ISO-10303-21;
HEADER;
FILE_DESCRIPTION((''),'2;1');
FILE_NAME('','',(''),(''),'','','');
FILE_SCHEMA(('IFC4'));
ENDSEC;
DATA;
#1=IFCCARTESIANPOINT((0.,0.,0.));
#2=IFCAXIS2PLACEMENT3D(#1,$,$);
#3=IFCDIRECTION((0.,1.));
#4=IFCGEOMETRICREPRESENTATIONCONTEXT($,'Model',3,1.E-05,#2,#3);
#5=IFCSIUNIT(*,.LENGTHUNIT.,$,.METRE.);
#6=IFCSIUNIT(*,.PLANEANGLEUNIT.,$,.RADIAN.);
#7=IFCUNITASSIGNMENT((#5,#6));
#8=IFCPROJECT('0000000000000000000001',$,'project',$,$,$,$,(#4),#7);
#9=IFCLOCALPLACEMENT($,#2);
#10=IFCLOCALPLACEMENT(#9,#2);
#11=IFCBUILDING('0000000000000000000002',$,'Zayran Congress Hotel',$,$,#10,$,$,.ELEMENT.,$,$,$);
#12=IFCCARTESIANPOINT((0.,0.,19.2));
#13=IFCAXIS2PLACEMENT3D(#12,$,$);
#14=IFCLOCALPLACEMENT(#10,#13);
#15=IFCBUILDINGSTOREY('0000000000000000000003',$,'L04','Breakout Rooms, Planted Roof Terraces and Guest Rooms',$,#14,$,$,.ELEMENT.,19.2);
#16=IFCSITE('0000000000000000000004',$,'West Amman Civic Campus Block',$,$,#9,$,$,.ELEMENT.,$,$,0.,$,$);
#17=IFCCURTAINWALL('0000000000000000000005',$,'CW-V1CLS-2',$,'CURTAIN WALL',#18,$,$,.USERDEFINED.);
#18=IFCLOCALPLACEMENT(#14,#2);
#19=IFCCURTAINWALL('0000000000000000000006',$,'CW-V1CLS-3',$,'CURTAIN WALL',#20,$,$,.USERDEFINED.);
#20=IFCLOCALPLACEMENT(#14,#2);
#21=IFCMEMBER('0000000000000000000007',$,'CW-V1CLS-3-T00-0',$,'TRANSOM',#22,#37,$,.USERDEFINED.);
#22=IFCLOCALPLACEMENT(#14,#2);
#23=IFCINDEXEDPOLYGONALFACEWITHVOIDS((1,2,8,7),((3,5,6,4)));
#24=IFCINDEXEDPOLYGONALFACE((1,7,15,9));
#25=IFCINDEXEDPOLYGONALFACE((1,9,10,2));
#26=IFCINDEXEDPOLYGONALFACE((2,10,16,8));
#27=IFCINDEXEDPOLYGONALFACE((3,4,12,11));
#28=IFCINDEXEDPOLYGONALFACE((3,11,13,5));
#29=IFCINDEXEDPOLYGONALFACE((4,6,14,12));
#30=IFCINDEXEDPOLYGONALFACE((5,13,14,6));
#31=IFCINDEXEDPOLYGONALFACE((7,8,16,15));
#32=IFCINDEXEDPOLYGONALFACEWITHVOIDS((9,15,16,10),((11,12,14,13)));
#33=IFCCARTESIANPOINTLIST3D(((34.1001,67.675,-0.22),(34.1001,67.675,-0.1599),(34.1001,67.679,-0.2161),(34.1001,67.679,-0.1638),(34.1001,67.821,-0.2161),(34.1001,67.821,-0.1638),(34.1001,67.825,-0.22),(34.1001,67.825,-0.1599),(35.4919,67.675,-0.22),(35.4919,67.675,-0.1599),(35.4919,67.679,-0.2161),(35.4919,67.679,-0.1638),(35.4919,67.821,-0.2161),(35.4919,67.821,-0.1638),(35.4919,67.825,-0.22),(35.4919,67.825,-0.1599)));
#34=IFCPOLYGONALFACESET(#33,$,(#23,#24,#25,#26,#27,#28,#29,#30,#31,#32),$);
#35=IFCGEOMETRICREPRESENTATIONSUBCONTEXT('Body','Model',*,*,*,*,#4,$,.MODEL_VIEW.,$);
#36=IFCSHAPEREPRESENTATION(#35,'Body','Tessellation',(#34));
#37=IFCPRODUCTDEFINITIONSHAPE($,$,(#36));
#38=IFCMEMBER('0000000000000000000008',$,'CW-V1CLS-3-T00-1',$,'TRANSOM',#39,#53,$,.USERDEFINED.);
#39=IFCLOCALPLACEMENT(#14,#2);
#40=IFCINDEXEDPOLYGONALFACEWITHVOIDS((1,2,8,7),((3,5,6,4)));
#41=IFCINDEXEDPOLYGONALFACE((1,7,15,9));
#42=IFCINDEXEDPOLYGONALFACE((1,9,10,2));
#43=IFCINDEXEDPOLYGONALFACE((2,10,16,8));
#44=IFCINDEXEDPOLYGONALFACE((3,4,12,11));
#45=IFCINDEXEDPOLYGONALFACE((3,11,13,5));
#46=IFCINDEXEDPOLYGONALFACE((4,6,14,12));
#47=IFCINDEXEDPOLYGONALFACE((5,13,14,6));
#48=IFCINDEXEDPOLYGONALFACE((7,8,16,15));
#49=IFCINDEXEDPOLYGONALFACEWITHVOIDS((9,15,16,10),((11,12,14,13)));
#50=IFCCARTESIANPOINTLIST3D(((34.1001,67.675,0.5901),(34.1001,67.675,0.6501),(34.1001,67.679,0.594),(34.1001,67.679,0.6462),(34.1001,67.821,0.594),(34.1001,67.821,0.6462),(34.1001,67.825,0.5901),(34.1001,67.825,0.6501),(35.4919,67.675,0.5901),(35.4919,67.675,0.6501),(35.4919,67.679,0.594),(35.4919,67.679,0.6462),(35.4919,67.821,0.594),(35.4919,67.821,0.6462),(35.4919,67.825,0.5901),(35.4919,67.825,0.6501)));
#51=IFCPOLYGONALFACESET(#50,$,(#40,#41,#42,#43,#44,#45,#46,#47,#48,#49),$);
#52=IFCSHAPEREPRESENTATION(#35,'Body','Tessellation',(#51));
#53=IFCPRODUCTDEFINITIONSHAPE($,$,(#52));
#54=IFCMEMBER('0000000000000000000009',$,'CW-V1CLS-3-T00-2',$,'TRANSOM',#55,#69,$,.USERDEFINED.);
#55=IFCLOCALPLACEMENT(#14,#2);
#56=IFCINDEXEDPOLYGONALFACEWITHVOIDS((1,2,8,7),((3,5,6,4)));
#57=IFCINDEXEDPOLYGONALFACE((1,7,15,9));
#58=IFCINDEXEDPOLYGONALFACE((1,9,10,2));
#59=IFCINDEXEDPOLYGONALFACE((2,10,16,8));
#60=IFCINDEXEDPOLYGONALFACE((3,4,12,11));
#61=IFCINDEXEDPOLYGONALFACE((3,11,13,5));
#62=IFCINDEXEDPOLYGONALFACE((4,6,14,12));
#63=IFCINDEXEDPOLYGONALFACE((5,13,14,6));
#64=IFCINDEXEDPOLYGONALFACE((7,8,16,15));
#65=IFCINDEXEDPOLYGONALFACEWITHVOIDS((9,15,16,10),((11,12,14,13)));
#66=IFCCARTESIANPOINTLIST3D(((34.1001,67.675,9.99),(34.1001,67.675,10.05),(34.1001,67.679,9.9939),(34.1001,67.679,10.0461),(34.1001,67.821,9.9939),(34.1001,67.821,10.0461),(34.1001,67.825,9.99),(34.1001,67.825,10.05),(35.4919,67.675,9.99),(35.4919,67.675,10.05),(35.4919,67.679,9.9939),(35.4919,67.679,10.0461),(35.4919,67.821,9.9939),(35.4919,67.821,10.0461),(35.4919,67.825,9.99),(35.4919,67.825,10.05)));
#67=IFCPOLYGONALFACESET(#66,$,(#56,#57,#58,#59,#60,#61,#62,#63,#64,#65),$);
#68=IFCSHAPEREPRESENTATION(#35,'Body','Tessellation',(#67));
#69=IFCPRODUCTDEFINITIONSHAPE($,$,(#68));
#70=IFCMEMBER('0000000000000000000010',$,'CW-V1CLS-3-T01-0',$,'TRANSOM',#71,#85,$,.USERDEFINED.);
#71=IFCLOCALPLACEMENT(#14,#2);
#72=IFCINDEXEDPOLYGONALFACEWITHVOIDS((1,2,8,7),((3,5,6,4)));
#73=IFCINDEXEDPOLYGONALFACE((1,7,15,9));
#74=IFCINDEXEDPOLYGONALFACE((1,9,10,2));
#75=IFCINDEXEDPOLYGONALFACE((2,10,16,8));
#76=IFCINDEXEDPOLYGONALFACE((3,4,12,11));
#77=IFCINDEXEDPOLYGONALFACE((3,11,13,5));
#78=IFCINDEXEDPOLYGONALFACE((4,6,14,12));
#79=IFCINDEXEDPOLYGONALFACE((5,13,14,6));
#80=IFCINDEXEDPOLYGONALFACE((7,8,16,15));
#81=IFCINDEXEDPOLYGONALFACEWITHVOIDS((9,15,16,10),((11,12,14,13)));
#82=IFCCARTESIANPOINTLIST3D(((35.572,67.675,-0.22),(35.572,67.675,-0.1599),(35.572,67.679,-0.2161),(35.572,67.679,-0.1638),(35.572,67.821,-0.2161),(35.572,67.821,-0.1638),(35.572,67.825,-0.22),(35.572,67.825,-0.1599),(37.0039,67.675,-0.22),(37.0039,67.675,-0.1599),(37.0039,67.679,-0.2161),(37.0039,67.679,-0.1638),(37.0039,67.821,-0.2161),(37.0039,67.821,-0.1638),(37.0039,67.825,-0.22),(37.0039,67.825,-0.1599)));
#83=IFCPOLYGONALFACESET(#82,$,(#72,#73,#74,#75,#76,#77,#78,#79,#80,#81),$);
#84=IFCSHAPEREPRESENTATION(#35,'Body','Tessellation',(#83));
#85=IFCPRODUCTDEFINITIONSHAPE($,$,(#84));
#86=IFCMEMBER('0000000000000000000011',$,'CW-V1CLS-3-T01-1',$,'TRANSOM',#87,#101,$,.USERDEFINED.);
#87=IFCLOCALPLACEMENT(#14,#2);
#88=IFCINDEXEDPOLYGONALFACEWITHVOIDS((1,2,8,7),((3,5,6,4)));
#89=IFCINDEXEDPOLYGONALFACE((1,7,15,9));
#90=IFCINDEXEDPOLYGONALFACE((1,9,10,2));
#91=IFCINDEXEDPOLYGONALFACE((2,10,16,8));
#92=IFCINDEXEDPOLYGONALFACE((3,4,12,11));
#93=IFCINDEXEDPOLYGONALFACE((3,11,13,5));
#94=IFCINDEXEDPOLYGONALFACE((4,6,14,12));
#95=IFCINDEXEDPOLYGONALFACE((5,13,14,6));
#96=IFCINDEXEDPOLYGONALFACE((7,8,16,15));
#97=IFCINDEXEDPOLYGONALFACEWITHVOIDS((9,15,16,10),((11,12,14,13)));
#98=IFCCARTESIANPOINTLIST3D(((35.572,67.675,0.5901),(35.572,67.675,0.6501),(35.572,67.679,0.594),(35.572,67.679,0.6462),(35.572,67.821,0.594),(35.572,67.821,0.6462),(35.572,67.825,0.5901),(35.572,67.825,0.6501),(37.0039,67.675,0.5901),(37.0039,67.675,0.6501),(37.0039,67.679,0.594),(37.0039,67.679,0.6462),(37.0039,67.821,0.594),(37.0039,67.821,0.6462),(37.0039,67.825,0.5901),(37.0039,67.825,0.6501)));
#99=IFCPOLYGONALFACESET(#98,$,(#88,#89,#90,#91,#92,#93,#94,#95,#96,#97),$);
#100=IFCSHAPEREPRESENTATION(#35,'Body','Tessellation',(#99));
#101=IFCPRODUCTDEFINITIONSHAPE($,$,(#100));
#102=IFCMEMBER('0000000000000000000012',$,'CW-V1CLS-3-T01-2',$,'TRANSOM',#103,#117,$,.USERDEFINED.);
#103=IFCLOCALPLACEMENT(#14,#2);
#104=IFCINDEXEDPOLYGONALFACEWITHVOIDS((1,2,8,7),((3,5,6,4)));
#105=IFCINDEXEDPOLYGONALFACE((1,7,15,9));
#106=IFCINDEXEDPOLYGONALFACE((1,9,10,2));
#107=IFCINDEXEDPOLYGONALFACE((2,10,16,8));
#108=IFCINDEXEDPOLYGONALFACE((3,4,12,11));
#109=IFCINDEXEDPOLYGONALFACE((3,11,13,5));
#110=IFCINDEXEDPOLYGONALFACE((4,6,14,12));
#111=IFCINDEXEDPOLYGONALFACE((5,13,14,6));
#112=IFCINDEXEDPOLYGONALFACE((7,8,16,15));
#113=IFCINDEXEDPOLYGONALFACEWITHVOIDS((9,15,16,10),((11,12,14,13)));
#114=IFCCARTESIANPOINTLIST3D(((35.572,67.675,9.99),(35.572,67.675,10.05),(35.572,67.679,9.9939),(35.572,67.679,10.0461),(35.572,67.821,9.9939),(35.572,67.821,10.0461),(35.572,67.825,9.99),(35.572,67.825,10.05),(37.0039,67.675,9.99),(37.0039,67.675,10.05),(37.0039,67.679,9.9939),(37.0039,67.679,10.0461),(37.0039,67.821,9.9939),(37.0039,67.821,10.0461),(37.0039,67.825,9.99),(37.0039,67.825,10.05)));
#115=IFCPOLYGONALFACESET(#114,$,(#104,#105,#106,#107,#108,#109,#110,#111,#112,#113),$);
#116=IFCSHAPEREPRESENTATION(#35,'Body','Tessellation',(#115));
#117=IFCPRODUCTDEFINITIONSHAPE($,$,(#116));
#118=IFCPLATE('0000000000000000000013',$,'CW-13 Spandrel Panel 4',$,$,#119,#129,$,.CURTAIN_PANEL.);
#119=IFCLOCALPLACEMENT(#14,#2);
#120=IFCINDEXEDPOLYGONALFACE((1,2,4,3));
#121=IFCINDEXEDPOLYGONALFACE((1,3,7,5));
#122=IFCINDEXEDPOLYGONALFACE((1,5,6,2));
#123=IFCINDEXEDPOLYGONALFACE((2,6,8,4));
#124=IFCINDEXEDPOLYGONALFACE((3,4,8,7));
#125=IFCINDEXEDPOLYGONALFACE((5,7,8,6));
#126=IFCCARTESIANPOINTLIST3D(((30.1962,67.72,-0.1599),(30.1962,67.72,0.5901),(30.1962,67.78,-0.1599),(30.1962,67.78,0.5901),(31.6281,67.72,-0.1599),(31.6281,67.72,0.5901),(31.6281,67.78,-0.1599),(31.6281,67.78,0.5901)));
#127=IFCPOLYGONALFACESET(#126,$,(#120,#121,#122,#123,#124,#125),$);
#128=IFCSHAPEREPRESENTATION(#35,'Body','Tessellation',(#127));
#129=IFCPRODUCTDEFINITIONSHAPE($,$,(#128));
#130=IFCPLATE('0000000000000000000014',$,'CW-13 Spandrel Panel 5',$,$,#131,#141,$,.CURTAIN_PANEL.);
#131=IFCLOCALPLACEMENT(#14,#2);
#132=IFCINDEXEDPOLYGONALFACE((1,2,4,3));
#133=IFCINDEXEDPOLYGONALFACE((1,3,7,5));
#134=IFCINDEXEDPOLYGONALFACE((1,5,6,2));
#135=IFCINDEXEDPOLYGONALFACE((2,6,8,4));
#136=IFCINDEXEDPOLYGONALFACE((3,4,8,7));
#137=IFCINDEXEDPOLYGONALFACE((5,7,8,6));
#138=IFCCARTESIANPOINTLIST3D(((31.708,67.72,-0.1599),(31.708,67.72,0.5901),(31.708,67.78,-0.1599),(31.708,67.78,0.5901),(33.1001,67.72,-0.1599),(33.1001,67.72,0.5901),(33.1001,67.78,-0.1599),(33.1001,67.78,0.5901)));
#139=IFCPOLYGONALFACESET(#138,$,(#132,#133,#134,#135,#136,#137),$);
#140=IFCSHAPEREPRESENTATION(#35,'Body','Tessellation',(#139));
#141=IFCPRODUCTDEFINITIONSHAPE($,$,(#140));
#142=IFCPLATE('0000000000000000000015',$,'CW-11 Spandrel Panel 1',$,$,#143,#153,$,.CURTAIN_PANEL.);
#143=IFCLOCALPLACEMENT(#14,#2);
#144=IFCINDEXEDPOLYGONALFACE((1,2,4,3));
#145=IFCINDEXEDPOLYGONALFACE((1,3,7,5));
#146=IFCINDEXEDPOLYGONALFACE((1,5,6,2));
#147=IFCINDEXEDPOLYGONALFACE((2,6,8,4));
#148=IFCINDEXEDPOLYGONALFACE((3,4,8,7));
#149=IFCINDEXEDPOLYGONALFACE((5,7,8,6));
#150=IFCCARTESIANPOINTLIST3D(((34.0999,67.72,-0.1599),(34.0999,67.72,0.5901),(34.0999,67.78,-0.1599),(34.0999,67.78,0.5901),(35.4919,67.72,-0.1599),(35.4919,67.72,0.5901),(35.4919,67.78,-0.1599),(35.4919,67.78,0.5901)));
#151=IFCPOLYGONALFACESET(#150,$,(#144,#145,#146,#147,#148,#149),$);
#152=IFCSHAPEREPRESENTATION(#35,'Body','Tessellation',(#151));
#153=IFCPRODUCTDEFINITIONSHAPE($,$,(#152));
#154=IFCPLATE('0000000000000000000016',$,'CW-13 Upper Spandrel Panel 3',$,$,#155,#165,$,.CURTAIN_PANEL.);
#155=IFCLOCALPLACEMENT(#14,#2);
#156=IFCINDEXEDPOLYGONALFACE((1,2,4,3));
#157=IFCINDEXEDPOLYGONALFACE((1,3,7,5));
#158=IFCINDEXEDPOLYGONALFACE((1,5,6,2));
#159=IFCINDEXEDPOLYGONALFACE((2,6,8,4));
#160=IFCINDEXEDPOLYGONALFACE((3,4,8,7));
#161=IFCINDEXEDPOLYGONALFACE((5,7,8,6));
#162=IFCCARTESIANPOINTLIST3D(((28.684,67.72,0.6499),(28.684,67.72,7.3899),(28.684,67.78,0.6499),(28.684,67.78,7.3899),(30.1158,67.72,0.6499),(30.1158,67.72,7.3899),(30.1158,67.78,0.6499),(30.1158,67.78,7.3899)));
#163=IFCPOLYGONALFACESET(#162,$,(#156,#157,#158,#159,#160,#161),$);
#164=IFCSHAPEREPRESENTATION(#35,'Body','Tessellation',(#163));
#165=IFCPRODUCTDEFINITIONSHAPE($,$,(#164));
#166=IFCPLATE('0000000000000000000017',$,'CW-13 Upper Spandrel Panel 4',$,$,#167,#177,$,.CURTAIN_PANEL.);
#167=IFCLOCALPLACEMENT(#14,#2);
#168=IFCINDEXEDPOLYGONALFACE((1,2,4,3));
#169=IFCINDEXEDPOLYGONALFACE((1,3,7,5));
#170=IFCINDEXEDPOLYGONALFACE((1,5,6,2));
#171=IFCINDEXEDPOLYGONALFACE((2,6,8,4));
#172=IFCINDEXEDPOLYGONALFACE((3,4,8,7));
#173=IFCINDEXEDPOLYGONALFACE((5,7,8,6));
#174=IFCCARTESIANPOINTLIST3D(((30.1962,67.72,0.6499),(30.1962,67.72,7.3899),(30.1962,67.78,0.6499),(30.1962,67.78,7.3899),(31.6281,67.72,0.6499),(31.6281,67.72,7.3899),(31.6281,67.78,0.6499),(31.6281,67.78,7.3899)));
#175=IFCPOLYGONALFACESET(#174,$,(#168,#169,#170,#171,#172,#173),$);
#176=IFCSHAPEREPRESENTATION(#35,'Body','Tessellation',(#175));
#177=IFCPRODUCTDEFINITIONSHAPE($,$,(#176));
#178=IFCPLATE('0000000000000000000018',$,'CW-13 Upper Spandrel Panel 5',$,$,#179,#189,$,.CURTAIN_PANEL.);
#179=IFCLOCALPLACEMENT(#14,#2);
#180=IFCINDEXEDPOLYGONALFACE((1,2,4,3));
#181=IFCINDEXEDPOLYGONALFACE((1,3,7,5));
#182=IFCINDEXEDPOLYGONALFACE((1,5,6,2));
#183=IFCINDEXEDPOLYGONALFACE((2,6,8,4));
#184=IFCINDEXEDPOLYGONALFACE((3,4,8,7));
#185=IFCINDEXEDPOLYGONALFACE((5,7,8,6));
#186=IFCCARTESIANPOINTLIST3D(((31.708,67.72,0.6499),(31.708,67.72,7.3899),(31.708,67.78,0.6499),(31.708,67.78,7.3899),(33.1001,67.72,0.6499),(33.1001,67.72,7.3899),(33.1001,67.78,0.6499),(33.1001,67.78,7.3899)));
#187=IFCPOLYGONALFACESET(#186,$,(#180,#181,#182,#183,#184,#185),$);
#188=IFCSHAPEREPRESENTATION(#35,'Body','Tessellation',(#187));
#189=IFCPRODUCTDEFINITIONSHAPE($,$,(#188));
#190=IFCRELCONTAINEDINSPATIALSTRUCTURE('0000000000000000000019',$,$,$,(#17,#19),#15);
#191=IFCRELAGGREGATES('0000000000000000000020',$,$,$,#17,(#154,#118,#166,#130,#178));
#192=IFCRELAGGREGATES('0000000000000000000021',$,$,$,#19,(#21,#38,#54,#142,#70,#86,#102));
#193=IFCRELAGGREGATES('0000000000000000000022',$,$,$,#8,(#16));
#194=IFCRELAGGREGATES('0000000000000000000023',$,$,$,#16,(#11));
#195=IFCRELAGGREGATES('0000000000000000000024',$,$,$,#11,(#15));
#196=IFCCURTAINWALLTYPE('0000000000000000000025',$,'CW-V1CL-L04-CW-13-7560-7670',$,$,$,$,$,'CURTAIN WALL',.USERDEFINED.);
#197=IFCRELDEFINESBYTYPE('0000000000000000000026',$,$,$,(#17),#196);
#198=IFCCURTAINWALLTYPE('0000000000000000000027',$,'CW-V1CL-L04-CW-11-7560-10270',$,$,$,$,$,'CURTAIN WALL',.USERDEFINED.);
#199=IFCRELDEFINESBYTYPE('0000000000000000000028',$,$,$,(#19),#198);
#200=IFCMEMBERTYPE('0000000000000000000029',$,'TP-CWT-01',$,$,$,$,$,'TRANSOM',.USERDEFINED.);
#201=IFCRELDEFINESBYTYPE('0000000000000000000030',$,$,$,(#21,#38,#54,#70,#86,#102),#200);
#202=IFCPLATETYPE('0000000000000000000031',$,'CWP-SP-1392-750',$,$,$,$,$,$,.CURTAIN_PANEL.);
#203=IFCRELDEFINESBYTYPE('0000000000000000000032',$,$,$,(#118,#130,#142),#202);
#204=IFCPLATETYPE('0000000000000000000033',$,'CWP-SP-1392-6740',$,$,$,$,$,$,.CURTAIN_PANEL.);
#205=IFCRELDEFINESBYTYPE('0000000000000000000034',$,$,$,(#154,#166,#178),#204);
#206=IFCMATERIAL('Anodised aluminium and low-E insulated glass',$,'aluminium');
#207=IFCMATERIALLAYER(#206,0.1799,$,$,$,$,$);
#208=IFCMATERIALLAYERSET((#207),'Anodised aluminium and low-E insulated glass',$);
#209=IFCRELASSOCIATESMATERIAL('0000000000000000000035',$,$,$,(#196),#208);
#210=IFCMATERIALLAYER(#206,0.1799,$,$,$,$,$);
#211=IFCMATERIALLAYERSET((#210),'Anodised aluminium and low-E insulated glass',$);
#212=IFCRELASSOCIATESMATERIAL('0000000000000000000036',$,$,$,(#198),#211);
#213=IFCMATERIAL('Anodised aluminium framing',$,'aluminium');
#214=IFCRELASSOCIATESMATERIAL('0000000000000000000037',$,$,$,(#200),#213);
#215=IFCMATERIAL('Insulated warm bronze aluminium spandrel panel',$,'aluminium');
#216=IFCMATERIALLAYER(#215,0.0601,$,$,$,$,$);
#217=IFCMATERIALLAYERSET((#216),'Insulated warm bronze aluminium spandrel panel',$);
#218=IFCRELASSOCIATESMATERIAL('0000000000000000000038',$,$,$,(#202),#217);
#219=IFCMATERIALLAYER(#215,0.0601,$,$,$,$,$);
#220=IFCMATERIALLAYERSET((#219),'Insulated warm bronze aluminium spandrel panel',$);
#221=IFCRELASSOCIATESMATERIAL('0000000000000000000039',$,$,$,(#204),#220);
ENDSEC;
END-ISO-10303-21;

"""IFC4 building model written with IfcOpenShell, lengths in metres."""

from ifc_helpers import new_model, si_unit, direction, frame, origin, origin_2d, place, context, subcontext, project, spatial, rectangle, hollow_rectangle, extrude, material, layer, layer_set, material_profile, profile_set, type_object, element, aggregate, save


model = new_model("IFC4")

# Units and contexts
model_context = context("Model", 3, precision=1e-05, world=origin(), true_north=direction((0.0, 1.0)))
body_context = subcontext(model_context, "Body", "Model", "MODEL_VIEW")
ifc_project = project(units=[si_unit("LENGTHUNIT", "METRE"), si_unit("PLANEANGLEUNIT", "RADIAN")], contexts=[model_context])

# Site, building, storey
site_placement = place(None, origin())
site = spatial("IfcSite", under=ifc_project, at=site_placement, Name="West Amman Civic Campus Block", CompositionType="ELEMENT", RefElevation=0.0)
building_placement = place(site_placement, origin())
building = spatial("IfcBuilding", under=site, at=building_placement, Name="Zayran Congress Hotel", CompositionType="ELEMENT")
storey_placement = place(building_placement, frame((0.0, 0.0, 19.2)))
storey = spatial("IfcBuildingStorey", under=building, at=storey_placement, Name="L04", Description="Breakout Rooms, Planted Roof Terraces and Guest Rooms", CompositionType="ELEMENT", Elevation=19.2)

# Curtain walls
ifc_material_1 = material(Name="Anodised aluminium and low-E insulated glass", Category="aluminium")
ifc_layer_1 = layer(ifc_material_1, 0.1799)
ifc_layer_set_1 = layer_set([ifc_layer_1], Name="Anodised aluminium and low-E insulated glass")
curtain_wall_type_1 = type_object("IfcCurtainWallType", Name="CW-V1CL-L04-CW-13-7560-7670", ElementType="CURTAIN WALL", PredefinedType="USERDEFINED", material=ifc_layer_set_1)
curtain_wall_1_placement = place(storey_placement, origin())
curtain_wall_1 = element("IfcCurtainWall", 1, at=curtain_wall_1_placement, inside=storey, type_object=curtain_wall_type_1, Name="CW-V1CLS-2", ObjectType="CURTAIN WALL", PredefinedType="USERDEFINED")
ifc_material_2 = material(Name="Anodised aluminium framing", Category="aluminium")
ifc_layer_2 = layer(ifc_material_1, 0.1799)
ifc_layer_set_2 = layer_set([ifc_layer_2], Name="Anodised aluminium and low-E insulated glass")
curtain_wall_type_2 = type_object("IfcCurtainWallType", Name="CW-V1CL-L04-CW-11-7560-10270", ElementType="CURTAIN WALL", PredefinedType="USERDEFINED", material=ifc_layer_set_2)
curtain_wall_2_placement = place(storey_placement, origin())
curtain_wall_2 = element("IfcCurtainWall", 2, at=curtain_wall_2_placement, inside=storey, type_object=curtain_wall_type_2, Name="CW-V1CLS-3", ObjectType="CURTAIN WALL", PredefinedType="USERDEFINED")

# Members
ifc_material_profile_1 = material_profile(ifc_material_2, hollow_rectangle(XDim=0.0601, YDim=0.1499, WallThickness=0.0039, at=origin_2d()), Name="RHS 150x60x4")
ifc_profile_set_1 = profile_set([ifc_material_profile_1], Name="Anodised aluminium framing")
member_type_1 = type_object("IfcMemberType", Name="TP-CWT-01", ElementType="TRANSOM", PredefinedType="USERDEFINED", material=ifc_profile_set_1)
member_1_placement = place(storey_placement, frame((34.1001, 67.75, -0.1899), z_axis=(1.0, 0.0, 0.0), x_axis=(0.0, 0.0, 1.0)))
member_1 = element("IfcMember", 3, at=member_1_placement, type_object=member_type_1, Name="CW-V1CLS-3-T00-0", ObjectType="TRANSOM", PredefinedType="USERDEFINED", context=body_context, shape_type="SweptSolid", body=[
    extrude(hollow_rectangle(XDim=0.0601, YDim=0.1499, WallThickness=0.0039, at=origin_2d()), origin(), (0.0, 0.0, 1.0), 1.3918),
])
member_2_placement = place(storey_placement, frame((34.1001, 67.75, 0.6201), z_axis=(1.0, 0.0, 0.0), x_axis=(0.0, 0.0, 1.0)))
member_2 = element("IfcMember", 4, at=member_2_placement, type_object=member_type_1, Name="CW-V1CLS-3-T00-1", ObjectType="TRANSOM", PredefinedType="USERDEFINED", context=body_context, shape_type="SweptSolid", body=[
    extrude(hollow_rectangle(XDim=0.0601, YDim=0.1499, WallThickness=0.0039, at=origin_2d()), origin(), (0.0, 0.0, 1.0), 1.3918),
])
member_3_placement = place(storey_placement, frame((34.1001, 67.75, 10.02), z_axis=(1.0, 0.0, 0.0), x_axis=(0.0, 0.0, 1.0)))
member_3 = element("IfcMember", 5, at=member_3_placement, type_object=member_type_1, Name="CW-V1CLS-3-T00-2", ObjectType="TRANSOM", PredefinedType="USERDEFINED", context=body_context, shape_type="SweptSolid", body=[
    extrude(hollow_rectangle(XDim=0.0601, YDim=0.1499, WallThickness=0.0039, at=origin_2d()), origin(), (0.0, 0.0, 1.0), 1.3918),
])
member_4_placement = place(storey_placement, frame((35.572, 67.75, -0.1899), z_axis=(1.0, 0.0, 0.0), x_axis=(0.0, 0.0, 1.0)))
member_4 = element("IfcMember", 6, at=member_4_placement, type_object=member_type_1, Name="CW-V1CLS-3-T01-0", ObjectType="TRANSOM", PredefinedType="USERDEFINED", context=body_context, shape_type="SweptSolid", body=[
    extrude(hollow_rectangle(XDim=0.0601, YDim=0.1499, WallThickness=0.0039, at=origin_2d()), origin(), (0.0, 0.0, 1.0), 1.4319),
])
member_5_placement = place(storey_placement, frame((35.572, 67.75, 0.6201), z_axis=(1.0, 0.0, 0.0), x_axis=(0.0, 0.0, 1.0)))
member_5 = element("IfcMember", 7, at=member_5_placement, type_object=member_type_1, Name="CW-V1CLS-3-T01-1", ObjectType="TRANSOM", PredefinedType="USERDEFINED", context=body_context, shape_type="SweptSolid", body=[
    extrude(hollow_rectangle(XDim=0.0601, YDim=0.1499, WallThickness=0.0039, at=origin_2d()), origin(), (0.0, 0.0, 1.0), 1.4319),
])
member_6_placement = place(storey_placement, frame((35.572, 67.75, 10.02), z_axis=(1.0, 0.0, 0.0), x_axis=(0.0, 0.0, 1.0)))
member_6 = element("IfcMember", 8, at=member_6_placement, type_object=member_type_1, Name="CW-V1CLS-3-T01-2", ObjectType="TRANSOM", PredefinedType="USERDEFINED", context=body_context, shape_type="SweptSolid", body=[
    extrude(hollow_rectangle(XDim=0.0601, YDim=0.1499, WallThickness=0.0039, at=origin_2d()), origin(), (0.0, 0.0, 1.0), 1.4319),
])

# Plates
ifc_material_3 = material(Name="Insulated warm bronze aluminium spandrel panel", Category="aluminium")
ifc_layer_3 = layer(ifc_material_3, 0.0601)
ifc_layer_set_3 = layer_set([ifc_layer_3], Name="Insulated warm bronze aluminium spandrel panel")
plate_type_1 = type_object("IfcPlateType", Name="CWP-SP-1392-750", PredefinedType="CURTAIN_PANEL", material=ifc_layer_set_3)
plate_1_placement = place(storey_placement, frame((30.9121, 67.75, -0.1599), z_axis=(0.0, 0.0, 1.0), x_axis=(1.0, 0.0, 0.0)))
plate_1 = element("IfcPlate", 9, at=plate_1_placement, type_object=plate_type_1, Name="CW-13 Spandrel Panel 4", PredefinedType="CURTAIN_PANEL", context=body_context, shape_type="SweptSolid", body=[
    extrude(rectangle(XDim=1.4319, YDim=0.0601, at=origin_2d()), origin(), (0.0, 0.0, 1.0), 0.75),
])
plate_2_placement = place(storey_placement, frame((32.4041, 67.75, -0.1599), z_axis=(0.0, 0.0, 1.0), x_axis=(1.0, 0.0, 0.0)))
plate_2 = element("IfcPlate", 10, at=plate_2_placement, type_object=plate_type_1, Name="CW-13 Spandrel Panel 5", PredefinedType="CURTAIN_PANEL", context=body_context, shape_type="SweptSolid", body=[
    extrude(rectangle(XDim=1.3921, YDim=0.0601, at=origin_2d()), origin(), (0.0, 0.0, 1.0), 0.75),
])
plate_3_placement = place(storey_placement, frame((34.7959, 67.75, -0.1599), z_axis=(0.0, 0.0, 1.0), x_axis=(1.0, 0.0, 0.0)))
plate_3 = element("IfcPlate", 11, at=plate_3_placement, type_object=plate_type_1, Name="CW-11 Spandrel Panel 1", PredefinedType="CURTAIN_PANEL", context=body_context, shape_type="SweptSolid", body=[
    extrude(rectangle(XDim=1.3921, YDim=0.0601, at=origin_2d()), origin(), (0.0, 0.0, 1.0), 0.75),
])
ifc_layer_4 = layer(ifc_material_3, 0.0601)
ifc_layer_set_4 = layer_set([ifc_layer_4], Name="Insulated warm bronze aluminium spandrel panel")
plate_type_2 = type_object("IfcPlateType", Name="CWP-SP-1392-6740", PredefinedType="CURTAIN_PANEL", material=ifc_layer_set_4)
plate_4_placement = place(storey_placement, frame((29.3999, 67.75, 0.6499), z_axis=(0.0, 0.0, 1.0), x_axis=(1.0, 0.0, 0.0)))
plate_4 = element("IfcPlate", 12, at=plate_4_placement, type_object=plate_type_2, Name="CW-13 Upper Spandrel Panel 3", PredefinedType="CURTAIN_PANEL", context=body_context, shape_type="SweptSolid", body=[
    extrude(rectangle(XDim=1.4319, YDim=0.0601, at=origin_2d()), origin(), (0.0, 0.0, 1.0), 6.74),
])
plate_5_placement = place(storey_placement, frame((30.9121, 67.75, 0.6499), z_axis=(0.0, 0.0, 1.0), x_axis=(1.0, 0.0, 0.0)))
plate_5 = element("IfcPlate", 13, at=plate_5_placement, type_object=plate_type_2, Name="CW-13 Upper Spandrel Panel 4", PredefinedType="CURTAIN_PANEL", context=body_context, shape_type="SweptSolid", body=[
    extrude(rectangle(XDim=1.4319, YDim=0.0601, at=origin_2d()), origin(), (0.0, 0.0, 1.0), 6.74),
])
plate_6_placement = place(storey_placement, frame((32.4041, 67.75, 0.6499), z_axis=(0.0, 0.0, 1.0), x_axis=(1.0, 0.0, 0.0)))
plate_6 = element("IfcPlate", 14, at=plate_6_placement, type_object=plate_type_2, Name="CW-13 Upper Spandrel Panel 5", PredefinedType="CURTAIN_PANEL", context=body_context, shape_type="SweptSolid", body=[
    extrude(rectangle(XDim=1.3921, YDim=0.0601, at=origin_2d()), origin(), (0.0, 0.0, 1.0), 6.74),
])
aggregate(curtain_wall_1, [plate_4, plate_1, plate_5, plate_2, plate_6])
aggregate(curtain_wall_2, [member_1, member_2, member_3, plate_3, member_4, member_5, member_6])

save(model, "model.ifc")
